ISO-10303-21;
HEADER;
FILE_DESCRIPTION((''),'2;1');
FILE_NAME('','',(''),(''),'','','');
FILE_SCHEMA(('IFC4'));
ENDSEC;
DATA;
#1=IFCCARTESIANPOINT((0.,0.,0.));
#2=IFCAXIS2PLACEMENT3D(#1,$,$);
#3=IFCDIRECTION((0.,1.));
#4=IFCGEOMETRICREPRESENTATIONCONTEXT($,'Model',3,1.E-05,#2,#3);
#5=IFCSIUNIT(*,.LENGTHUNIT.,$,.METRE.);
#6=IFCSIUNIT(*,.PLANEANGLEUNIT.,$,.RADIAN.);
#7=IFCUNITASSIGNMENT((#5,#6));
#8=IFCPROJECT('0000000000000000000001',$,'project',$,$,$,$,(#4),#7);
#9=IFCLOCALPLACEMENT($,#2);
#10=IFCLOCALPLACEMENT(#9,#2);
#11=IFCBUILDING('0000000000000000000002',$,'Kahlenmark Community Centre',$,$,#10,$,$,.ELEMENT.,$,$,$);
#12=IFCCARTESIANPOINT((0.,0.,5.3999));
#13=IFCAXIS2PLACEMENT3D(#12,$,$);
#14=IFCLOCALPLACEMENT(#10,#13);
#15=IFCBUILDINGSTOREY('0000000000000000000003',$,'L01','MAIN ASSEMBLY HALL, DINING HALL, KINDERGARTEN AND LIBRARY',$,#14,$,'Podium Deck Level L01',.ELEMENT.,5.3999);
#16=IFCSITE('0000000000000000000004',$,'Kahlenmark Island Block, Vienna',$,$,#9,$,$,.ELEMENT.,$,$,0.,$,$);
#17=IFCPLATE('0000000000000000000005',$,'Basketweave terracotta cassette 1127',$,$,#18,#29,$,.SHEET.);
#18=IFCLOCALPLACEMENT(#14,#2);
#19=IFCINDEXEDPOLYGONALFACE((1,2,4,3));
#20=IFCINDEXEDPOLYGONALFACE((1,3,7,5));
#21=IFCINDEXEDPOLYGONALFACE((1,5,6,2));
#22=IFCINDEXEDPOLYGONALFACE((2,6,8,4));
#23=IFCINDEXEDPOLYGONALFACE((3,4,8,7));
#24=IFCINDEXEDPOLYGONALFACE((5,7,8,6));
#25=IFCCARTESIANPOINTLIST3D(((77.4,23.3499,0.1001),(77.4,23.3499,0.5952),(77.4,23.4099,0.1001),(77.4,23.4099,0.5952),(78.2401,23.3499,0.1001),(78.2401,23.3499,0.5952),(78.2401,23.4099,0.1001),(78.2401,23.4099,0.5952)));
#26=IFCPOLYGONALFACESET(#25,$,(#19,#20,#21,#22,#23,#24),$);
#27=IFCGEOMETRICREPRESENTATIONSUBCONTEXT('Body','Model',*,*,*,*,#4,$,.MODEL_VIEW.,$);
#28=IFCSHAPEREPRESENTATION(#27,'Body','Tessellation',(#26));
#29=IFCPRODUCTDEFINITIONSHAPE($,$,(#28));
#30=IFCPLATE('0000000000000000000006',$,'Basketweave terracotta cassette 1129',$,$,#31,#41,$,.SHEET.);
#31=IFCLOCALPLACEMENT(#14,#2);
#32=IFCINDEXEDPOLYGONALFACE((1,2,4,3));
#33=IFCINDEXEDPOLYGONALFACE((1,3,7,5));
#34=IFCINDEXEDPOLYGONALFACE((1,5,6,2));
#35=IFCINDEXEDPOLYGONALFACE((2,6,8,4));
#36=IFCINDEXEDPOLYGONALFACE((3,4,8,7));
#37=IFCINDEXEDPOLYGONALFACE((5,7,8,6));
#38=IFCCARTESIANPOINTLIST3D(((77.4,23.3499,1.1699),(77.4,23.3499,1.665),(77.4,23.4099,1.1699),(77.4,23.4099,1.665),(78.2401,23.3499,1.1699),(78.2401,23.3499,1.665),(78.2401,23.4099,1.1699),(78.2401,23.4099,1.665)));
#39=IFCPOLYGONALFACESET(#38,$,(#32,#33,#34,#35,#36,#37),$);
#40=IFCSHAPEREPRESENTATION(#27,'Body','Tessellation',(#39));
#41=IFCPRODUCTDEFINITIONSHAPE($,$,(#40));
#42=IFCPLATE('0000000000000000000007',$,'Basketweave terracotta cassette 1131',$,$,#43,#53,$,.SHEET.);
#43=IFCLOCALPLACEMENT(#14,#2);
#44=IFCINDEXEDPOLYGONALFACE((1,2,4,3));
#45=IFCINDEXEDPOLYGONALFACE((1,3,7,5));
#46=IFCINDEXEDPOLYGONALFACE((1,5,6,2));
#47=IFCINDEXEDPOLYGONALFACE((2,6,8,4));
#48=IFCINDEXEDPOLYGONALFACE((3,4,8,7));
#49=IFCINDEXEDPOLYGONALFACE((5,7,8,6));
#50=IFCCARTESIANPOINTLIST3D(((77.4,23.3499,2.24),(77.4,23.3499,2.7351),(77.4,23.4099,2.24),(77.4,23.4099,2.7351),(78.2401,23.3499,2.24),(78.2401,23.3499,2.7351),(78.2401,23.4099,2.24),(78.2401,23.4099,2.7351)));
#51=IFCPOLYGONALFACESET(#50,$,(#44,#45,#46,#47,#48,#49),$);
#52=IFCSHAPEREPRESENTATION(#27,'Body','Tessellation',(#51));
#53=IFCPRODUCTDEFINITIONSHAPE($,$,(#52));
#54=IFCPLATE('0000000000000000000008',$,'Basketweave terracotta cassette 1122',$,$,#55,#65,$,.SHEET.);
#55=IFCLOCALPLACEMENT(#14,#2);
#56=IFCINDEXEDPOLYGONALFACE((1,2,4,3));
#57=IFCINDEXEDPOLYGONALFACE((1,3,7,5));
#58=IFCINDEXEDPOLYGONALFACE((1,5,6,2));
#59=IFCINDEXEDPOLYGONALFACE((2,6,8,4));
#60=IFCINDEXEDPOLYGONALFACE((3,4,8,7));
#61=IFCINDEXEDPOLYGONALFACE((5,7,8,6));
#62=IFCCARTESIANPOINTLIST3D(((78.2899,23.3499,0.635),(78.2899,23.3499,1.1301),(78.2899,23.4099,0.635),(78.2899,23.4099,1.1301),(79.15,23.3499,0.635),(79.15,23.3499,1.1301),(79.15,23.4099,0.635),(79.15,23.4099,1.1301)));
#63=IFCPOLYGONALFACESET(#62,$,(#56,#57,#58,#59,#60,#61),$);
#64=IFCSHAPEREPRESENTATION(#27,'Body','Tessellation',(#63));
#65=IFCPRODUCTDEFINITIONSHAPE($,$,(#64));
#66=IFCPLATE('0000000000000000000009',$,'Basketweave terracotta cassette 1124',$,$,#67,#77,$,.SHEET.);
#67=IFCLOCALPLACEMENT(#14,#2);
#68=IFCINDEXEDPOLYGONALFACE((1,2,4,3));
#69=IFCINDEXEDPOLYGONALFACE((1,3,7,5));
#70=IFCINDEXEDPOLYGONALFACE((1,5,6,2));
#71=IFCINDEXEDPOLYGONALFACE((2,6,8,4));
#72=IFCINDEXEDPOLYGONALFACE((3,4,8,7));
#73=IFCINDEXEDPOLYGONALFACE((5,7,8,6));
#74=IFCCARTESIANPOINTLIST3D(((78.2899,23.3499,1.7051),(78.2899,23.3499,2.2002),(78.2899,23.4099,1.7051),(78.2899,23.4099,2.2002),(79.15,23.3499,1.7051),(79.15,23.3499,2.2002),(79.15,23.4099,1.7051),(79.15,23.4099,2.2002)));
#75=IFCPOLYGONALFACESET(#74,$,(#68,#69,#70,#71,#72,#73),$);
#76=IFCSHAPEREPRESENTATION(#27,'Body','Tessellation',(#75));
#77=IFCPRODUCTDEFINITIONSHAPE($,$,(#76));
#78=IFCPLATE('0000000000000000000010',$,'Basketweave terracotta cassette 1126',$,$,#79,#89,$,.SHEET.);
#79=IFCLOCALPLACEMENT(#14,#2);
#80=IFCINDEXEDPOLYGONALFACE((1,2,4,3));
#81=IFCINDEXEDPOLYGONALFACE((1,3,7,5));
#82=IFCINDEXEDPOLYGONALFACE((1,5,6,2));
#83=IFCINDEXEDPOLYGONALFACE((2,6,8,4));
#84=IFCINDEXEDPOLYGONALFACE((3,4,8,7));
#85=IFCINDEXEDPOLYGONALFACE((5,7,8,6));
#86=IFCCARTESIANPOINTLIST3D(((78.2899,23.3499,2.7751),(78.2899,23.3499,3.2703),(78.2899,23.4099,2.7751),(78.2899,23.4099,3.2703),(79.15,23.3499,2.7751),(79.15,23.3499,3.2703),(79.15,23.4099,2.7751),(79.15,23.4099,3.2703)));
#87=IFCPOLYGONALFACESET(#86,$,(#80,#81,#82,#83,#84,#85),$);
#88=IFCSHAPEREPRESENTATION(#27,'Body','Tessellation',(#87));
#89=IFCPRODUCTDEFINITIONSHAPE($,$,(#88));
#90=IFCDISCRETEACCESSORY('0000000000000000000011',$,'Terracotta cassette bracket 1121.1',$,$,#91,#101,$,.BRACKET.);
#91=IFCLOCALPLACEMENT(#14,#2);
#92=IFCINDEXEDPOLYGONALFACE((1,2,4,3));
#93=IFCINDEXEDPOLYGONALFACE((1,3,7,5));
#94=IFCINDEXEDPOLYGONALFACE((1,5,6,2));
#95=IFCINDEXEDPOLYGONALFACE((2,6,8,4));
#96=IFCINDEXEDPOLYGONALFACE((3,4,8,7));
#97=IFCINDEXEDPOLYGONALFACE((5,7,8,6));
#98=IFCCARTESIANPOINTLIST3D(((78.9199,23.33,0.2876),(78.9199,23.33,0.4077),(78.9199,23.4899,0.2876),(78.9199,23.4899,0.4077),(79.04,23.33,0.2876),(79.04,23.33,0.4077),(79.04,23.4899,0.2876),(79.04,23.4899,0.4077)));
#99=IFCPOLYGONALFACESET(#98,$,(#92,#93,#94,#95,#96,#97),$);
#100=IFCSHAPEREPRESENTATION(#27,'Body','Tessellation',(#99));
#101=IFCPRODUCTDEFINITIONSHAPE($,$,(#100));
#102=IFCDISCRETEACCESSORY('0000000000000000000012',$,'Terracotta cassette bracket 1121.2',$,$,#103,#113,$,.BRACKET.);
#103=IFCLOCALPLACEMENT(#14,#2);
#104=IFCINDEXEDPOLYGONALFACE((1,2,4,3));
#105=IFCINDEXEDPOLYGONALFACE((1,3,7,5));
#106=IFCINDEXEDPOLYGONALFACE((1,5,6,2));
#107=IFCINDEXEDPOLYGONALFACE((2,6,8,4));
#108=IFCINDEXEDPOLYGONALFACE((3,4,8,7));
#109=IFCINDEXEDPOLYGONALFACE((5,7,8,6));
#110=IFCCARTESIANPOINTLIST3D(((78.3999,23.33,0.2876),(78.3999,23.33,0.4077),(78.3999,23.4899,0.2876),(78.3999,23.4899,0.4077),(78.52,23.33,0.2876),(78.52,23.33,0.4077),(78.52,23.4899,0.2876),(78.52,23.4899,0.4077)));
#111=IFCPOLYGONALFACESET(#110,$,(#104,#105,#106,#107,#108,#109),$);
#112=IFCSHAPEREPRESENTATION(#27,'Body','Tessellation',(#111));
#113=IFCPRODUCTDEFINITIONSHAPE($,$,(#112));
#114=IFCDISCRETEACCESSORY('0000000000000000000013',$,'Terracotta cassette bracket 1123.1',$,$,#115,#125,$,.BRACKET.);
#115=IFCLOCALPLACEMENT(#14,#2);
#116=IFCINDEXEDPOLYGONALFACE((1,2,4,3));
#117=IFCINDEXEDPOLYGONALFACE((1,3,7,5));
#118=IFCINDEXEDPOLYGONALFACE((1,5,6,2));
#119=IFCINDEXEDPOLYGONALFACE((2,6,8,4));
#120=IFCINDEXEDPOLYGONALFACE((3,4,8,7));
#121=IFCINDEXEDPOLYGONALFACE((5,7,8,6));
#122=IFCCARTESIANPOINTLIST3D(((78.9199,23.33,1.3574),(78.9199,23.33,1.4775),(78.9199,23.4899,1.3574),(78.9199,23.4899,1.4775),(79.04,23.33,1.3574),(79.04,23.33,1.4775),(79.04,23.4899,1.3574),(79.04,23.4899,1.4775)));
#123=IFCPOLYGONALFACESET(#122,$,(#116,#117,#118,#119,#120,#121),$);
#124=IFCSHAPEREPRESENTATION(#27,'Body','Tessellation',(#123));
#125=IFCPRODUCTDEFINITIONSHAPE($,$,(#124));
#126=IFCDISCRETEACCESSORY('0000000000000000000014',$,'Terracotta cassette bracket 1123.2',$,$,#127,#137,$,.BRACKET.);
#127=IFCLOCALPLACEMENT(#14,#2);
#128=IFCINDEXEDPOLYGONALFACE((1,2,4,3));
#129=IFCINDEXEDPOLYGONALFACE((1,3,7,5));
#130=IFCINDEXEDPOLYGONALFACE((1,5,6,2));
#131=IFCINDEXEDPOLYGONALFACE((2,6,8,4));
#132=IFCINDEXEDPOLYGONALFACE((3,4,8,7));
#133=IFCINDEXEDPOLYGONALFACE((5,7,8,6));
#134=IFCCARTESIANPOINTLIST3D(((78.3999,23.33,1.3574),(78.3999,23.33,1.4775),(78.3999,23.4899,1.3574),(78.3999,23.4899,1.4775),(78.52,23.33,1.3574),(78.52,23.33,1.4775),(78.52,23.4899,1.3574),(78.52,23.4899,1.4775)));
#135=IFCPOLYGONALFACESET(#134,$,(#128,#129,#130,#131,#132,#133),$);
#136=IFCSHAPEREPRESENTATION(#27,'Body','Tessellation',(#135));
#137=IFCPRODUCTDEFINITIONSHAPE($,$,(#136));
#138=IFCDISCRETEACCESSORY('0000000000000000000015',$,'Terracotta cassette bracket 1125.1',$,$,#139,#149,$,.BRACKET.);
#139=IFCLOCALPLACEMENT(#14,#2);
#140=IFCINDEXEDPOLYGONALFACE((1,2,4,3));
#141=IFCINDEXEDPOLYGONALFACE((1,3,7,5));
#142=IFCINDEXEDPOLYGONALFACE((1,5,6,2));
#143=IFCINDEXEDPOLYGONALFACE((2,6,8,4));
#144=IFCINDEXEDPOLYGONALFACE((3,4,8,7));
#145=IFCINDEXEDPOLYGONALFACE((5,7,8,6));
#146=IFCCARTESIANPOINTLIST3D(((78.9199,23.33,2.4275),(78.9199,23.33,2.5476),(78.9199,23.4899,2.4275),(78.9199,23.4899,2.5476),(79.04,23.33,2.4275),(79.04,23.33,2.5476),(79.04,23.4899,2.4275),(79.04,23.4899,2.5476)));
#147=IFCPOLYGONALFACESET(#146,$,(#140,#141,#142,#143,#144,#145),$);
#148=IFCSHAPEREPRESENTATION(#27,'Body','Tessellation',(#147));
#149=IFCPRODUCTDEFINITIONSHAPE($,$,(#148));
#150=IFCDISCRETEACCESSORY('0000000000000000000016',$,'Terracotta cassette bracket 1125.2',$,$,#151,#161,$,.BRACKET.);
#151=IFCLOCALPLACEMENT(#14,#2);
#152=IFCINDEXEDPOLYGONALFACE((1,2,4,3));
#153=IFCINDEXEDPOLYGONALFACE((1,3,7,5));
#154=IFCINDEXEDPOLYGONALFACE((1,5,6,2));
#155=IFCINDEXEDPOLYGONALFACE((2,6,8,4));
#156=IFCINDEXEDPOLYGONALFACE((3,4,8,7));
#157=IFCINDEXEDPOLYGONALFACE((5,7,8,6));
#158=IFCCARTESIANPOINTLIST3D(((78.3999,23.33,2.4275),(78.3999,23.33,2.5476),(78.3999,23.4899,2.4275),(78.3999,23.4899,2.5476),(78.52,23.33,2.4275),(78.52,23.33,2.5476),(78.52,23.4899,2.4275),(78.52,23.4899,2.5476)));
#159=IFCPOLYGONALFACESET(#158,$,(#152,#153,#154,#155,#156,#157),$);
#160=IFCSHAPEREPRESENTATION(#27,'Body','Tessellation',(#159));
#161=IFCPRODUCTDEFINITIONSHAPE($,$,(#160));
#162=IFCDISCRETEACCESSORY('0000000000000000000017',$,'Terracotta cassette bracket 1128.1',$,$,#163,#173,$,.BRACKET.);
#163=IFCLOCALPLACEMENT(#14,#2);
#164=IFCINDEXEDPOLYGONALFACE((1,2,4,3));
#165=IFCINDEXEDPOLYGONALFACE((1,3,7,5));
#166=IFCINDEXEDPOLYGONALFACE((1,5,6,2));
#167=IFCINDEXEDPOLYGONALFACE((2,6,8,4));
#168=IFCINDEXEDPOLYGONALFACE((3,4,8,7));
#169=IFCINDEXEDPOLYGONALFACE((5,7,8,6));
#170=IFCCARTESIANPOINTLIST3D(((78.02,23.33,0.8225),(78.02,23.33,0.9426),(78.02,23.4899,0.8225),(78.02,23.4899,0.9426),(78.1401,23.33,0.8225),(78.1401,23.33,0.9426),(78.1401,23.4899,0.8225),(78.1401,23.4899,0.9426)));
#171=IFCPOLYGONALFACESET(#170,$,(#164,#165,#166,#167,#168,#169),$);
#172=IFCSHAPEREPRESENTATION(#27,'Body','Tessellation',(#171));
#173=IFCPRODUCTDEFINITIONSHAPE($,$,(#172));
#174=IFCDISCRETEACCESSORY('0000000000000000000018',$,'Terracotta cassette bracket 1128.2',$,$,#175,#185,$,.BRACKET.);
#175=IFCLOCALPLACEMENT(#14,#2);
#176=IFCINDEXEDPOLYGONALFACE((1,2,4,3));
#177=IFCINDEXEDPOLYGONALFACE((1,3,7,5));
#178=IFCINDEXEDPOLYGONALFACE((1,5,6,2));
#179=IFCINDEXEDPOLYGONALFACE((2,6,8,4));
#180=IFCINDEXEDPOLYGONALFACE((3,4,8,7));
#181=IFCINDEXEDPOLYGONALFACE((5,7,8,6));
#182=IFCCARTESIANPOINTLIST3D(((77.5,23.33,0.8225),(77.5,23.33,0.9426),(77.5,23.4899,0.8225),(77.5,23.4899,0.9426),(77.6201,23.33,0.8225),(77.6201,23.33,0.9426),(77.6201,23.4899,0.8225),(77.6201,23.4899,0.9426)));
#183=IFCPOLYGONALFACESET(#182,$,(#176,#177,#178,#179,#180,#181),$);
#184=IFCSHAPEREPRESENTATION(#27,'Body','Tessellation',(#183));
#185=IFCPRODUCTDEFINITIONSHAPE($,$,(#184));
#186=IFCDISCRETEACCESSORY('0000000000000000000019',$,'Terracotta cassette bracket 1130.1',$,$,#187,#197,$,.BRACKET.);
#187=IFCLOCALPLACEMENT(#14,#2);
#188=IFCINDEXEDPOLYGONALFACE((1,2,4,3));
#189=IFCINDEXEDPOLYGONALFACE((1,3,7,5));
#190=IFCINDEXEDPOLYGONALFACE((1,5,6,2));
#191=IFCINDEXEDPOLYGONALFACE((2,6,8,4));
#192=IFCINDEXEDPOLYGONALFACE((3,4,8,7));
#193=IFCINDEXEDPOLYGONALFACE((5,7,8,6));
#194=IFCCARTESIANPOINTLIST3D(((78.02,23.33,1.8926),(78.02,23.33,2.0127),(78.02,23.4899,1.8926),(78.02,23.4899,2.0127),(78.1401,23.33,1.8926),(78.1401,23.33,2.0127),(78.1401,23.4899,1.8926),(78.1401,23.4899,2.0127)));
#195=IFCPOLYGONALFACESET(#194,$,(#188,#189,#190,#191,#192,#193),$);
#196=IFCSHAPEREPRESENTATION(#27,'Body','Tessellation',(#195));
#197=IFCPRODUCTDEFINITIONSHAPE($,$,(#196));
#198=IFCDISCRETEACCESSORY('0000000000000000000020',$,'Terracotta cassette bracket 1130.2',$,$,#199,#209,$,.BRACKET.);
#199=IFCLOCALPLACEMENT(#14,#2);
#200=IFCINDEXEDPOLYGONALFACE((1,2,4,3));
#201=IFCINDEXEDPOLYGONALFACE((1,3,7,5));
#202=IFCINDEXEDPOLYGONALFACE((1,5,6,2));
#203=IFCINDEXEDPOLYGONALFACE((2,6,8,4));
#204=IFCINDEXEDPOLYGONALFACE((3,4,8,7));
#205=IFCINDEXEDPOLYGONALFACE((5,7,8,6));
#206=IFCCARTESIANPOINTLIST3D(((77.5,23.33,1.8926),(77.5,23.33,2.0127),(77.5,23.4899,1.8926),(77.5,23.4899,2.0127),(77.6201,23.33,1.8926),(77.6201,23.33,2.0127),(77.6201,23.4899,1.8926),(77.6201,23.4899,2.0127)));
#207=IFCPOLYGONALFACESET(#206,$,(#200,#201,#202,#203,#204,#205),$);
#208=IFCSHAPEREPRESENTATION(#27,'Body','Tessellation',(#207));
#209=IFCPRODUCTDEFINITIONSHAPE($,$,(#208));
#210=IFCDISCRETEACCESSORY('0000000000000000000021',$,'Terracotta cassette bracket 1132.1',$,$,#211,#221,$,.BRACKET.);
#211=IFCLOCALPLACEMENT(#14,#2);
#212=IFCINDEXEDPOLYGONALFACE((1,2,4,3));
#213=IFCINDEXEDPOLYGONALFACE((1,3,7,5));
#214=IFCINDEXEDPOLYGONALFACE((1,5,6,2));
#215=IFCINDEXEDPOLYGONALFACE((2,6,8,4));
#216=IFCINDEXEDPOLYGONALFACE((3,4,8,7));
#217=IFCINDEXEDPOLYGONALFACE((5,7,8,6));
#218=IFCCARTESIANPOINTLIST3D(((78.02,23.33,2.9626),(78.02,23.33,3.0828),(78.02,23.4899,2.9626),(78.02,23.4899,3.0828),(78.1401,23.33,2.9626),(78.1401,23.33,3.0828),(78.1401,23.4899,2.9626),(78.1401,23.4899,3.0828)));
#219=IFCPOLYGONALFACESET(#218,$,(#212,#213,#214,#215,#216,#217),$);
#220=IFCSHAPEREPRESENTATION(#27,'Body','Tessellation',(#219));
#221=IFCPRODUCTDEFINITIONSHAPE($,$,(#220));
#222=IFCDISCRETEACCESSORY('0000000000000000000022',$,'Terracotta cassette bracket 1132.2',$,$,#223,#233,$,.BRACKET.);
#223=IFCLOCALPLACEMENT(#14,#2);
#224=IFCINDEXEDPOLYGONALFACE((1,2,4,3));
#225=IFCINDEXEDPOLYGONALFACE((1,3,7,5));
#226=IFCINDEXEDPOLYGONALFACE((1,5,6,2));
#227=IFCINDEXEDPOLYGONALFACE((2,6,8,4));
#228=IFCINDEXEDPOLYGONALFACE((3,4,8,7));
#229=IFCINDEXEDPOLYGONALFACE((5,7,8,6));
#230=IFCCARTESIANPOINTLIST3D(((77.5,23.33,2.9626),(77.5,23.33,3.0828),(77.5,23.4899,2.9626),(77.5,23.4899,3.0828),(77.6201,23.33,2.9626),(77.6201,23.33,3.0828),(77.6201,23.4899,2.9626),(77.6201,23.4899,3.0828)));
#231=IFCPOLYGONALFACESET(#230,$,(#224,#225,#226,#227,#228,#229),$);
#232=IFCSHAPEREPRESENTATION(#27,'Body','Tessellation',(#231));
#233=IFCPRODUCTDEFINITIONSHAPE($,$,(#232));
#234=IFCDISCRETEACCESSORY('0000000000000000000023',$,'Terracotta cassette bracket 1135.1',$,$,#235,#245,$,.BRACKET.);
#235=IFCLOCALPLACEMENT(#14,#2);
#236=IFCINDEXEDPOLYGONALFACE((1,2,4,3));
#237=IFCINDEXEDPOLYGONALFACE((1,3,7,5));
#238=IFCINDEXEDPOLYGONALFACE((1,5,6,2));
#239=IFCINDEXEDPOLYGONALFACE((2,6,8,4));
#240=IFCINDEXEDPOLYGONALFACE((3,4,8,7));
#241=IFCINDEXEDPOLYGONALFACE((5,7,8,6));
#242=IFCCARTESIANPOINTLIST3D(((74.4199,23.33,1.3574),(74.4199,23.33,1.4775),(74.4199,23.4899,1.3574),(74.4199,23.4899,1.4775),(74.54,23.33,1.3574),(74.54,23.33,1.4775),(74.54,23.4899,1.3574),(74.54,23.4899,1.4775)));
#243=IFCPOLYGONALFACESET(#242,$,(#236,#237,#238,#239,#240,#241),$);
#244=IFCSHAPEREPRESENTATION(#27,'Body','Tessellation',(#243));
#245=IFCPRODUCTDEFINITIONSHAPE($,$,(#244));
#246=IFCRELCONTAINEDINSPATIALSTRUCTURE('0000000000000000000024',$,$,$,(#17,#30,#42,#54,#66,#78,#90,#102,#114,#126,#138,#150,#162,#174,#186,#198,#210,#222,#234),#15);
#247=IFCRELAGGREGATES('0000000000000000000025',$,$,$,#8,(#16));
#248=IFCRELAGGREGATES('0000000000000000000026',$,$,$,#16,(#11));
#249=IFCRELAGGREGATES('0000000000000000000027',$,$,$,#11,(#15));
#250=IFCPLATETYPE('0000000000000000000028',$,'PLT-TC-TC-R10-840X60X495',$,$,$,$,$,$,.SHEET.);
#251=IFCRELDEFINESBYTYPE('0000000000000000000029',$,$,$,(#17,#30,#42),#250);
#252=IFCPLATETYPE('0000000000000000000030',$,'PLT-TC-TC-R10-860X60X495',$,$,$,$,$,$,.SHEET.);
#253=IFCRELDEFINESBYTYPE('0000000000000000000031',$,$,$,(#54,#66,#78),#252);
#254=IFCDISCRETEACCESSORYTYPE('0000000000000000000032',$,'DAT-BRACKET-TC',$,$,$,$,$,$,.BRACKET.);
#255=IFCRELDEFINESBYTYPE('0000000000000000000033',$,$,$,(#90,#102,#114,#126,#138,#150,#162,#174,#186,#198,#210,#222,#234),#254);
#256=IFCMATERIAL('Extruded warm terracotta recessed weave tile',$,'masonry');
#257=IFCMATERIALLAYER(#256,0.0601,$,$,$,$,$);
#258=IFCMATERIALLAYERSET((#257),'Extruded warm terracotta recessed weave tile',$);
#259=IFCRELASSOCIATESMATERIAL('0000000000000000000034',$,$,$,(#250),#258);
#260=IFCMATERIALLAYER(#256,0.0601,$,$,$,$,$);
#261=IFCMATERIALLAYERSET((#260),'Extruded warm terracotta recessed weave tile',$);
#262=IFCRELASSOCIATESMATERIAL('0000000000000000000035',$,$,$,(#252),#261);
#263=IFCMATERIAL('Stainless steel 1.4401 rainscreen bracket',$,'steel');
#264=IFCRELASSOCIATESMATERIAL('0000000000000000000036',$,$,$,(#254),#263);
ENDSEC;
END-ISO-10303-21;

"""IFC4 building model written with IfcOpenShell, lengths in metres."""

from ifc_helpers import new_model, si_unit, direction, frame, origin, origin_2d, place, context, subcontext, project, spatial, rectangle, extrude, material, layer, layer_set, type_object, element, save


model = new_model("IFC4")

# Units and contexts
model_context = context("Model", 3, precision=1e-05, world=origin(), true_north=direction((0.0, 1.0)))
body_context = subcontext(model_context, "Body", "Model", "MODEL_VIEW")
ifc_project = project(units=[si_unit("LENGTHUNIT", "METRE"), si_unit("PLANEANGLEUNIT", "RADIAN")], contexts=[model_context])

# Site, building, storey
site_placement = place(None, origin())
site = spatial("IfcSite", under=ifc_project, at=site_placement, Name="Kahlenmark Island Block, Vienna", CompositionType="ELEMENT", RefElevation=0.0)
building_placement = place(site_placement, origin())
building = spatial("IfcBuilding", under=site, at=building_placement, Name="Kahlenmark Community Centre", CompositionType="ELEMENT")
storey_placement = place(building_placement, frame((0.0, 0.0, 5.3999)))
storey = spatial("IfcBuildingStorey", under=building, at=storey_placement, Name="L01", Description="MAIN ASSEMBLY HALL, DINING HALL, KINDERGARTEN AND LIBRARY", LongName="Podium Deck Level L01", CompositionType="ELEMENT", Elevation=5.3999)

# Plates
ifc_material_1 = material(Name="Extruded warm terracotta recessed weave tile", Category="masonry")
ifc_layer_1 = layer(ifc_material_1, 0.0601)
ifc_layer_set_1 = layer_set([ifc_layer_1], Name="Extruded warm terracotta recessed weave tile")
plate_type_1 = type_object("IfcPlateType", Name="PLT-TC-TC-R10-840X60X495", PredefinedType="SHEET", material=ifc_layer_set_1)
for number, where, z_axis, x_axis, name in (
    (1, (77.8201, 23.3799, 0.1001), (0.0, 0.0, 1.0), (-1.0, 0.0, 0.0), "Basketweave terracotta cassette 1127"),
    (2, (77.8201, 23.3799, 1.1699), (0.0, 0.0, 1.0), (-1.0, 0.0, 0.0), "Basketweave terracotta cassette 1129"),
    (3, (77.8201, 23.3799, 2.24), (0.0, 0.0, 1.0), (-1.0, 0.0, 0.0), "Basketweave terracotta cassette 1131"),
):
    element("IfcPlate", number, at=place(storey_placement, frame(where, z_axis=z_axis, x_axis=x_axis)), inside=storey, type_object=plate_type_1, Name=name, PredefinedType="SHEET", context=body_context, shape_type="SweptSolid", body=[
        extrude(rectangle(XDim=0.8401, YDim=0.0601, at=origin_2d()), origin(), (0.0, 0.0, 1.0), 0.4951),
    ])
ifc_layer_2 = layer(ifc_material_1, 0.0601)
ifc_layer_set_2 = layer_set([ifc_layer_2], Name="Extruded warm terracotta recessed weave tile")
plate_type_2 = type_object("IfcPlateType", Name="PLT-TC-TC-R10-860X60X495", PredefinedType="SHEET", material=ifc_layer_set_2)
for number, where, z_axis, x_axis, name in (
    (4, (78.72, 23.3799, 0.635), (0.0, 0.0, 1.0), (-1.0, 0.0, 0.0), "Basketweave terracotta cassette 1122"),
    (5, (78.72, 23.3799, 1.7051), (0.0, 0.0, 1.0), (-1.0, 0.0, 0.0), "Basketweave terracotta cassette 1124"),
    (6, (78.72, 23.3799, 2.7751), (0.0, 0.0, 1.0), (-1.0, 0.0, 0.0), "Basketweave terracotta cassette 1126"),
):
    element("IfcPlate", number, at=place(storey_placement, frame(where, z_axis=z_axis, x_axis=x_axis)), inside=storey, type_object=plate_type_2, Name=name, PredefinedType="SHEET", context=body_context, shape_type="SweptSolid", body=[
        extrude(rectangle(XDim=0.8601, YDim=0.0601, at=origin_2d()), origin(), (0.0, 0.0, 1.0), 0.4951),
    ])

# Discrete accessories
ifc_material_2 = material(Name="Stainless steel 1.4401 rainscreen bracket", Category="steel")
discrete_accessory_type = type_object("IfcDiscreteAccessoryType", Name="DAT-BRACKET-TC", PredefinedType="BRACKET", material=ifc_material_2)
for number, where, z_axis, x_axis, name in (
    (7, (78.98, 23.4099, 0.2876), (0.0, 0.0, 1.0), (-1.0, 0.0, 0.0), "Terracotta cassette bracket 1121.1"),
    (8, (78.46, 23.4099, 0.2876), (0.0, 0.0, 1.0), (-1.0, 0.0, 0.0), "Terracotta cassette bracket 1121.2"),
    (9, (78.98, 23.4099, 1.3574), (0.0, 0.0, 1.0), (-1.0, 0.0, 0.0), "Terracotta cassette bracket 1123.1"),
    (10, (78.46, 23.4099, 1.3574), (0.0, 0.0, 1.0), (-1.0, 0.0, 0.0), "Terracotta cassette bracket 1123.2"),
    (11, (78.98, 23.4099, 2.4275), (0.0, 0.0, 1.0), (-1.0, 0.0, 0.0), "Terracotta cassette bracket 1125.1"),
    (12, (78.46, 23.4099, 2.4275), (0.0, 0.0, 1.0), (-1.0, 0.0, 0.0), "Terracotta cassette bracket 1125.2"),
    (13, (78.0801, 23.4099, 0.8225), (0.0, 0.0, 1.0), (-1.0, 0.0, 0.0), "Terracotta cassette bracket 1128.1"),
    (14, (77.5601, 23.4099, 0.8225), (0.0, 0.0, 1.0), (-1.0, 0.0, 0.0), "Terracotta cassette bracket 1128.2"),
    (15, (78.0801, 23.4099, 1.8926), (0.0, 0.0, 1.0), (-1.0, 0.0, 0.0), "Terracotta cassette bracket 1130.1"),
    (16, (77.5601, 23.4099, 1.8926), (0.0, 0.0, 1.0), (-1.0, 0.0, 0.0), "Terracotta cassette bracket 1130.2"),
    (17, (78.0801, 23.4099, 2.9626), (0.0, 0.0, 1.0), (-1.0, 0.0, 0.0), "Terracotta cassette bracket 1132.1"),
    (18, (77.5601, 23.4099, 2.9626), (0.0, 0.0, 1.0), (-1.0, 0.0, 0.0), "Terracotta cassette bracket 1132.2"),
    (19, (74.48, 23.4099, 1.3574), (0.0, 0.0, 1.0), (-1.0, 0.0, 0.0), "Terracotta cassette bracket 1135.1"),
):
    element("IfcDiscreteAccessory", number, at=place(storey_placement, frame(where, z_axis=z_axis, x_axis=x_axis)), inside=storey, type_object=discrete_accessory_type, Name=name, PredefinedType="BRACKET", context=body_context, shape_type="SweptSolid", body=[
        extrude(rectangle(XDim=0.1201, YDim=0.1599, at=origin_2d()), origin(), (0.0, 0.0, 1.0), 0.1201),
    ])

save(model, "model.ifc")
